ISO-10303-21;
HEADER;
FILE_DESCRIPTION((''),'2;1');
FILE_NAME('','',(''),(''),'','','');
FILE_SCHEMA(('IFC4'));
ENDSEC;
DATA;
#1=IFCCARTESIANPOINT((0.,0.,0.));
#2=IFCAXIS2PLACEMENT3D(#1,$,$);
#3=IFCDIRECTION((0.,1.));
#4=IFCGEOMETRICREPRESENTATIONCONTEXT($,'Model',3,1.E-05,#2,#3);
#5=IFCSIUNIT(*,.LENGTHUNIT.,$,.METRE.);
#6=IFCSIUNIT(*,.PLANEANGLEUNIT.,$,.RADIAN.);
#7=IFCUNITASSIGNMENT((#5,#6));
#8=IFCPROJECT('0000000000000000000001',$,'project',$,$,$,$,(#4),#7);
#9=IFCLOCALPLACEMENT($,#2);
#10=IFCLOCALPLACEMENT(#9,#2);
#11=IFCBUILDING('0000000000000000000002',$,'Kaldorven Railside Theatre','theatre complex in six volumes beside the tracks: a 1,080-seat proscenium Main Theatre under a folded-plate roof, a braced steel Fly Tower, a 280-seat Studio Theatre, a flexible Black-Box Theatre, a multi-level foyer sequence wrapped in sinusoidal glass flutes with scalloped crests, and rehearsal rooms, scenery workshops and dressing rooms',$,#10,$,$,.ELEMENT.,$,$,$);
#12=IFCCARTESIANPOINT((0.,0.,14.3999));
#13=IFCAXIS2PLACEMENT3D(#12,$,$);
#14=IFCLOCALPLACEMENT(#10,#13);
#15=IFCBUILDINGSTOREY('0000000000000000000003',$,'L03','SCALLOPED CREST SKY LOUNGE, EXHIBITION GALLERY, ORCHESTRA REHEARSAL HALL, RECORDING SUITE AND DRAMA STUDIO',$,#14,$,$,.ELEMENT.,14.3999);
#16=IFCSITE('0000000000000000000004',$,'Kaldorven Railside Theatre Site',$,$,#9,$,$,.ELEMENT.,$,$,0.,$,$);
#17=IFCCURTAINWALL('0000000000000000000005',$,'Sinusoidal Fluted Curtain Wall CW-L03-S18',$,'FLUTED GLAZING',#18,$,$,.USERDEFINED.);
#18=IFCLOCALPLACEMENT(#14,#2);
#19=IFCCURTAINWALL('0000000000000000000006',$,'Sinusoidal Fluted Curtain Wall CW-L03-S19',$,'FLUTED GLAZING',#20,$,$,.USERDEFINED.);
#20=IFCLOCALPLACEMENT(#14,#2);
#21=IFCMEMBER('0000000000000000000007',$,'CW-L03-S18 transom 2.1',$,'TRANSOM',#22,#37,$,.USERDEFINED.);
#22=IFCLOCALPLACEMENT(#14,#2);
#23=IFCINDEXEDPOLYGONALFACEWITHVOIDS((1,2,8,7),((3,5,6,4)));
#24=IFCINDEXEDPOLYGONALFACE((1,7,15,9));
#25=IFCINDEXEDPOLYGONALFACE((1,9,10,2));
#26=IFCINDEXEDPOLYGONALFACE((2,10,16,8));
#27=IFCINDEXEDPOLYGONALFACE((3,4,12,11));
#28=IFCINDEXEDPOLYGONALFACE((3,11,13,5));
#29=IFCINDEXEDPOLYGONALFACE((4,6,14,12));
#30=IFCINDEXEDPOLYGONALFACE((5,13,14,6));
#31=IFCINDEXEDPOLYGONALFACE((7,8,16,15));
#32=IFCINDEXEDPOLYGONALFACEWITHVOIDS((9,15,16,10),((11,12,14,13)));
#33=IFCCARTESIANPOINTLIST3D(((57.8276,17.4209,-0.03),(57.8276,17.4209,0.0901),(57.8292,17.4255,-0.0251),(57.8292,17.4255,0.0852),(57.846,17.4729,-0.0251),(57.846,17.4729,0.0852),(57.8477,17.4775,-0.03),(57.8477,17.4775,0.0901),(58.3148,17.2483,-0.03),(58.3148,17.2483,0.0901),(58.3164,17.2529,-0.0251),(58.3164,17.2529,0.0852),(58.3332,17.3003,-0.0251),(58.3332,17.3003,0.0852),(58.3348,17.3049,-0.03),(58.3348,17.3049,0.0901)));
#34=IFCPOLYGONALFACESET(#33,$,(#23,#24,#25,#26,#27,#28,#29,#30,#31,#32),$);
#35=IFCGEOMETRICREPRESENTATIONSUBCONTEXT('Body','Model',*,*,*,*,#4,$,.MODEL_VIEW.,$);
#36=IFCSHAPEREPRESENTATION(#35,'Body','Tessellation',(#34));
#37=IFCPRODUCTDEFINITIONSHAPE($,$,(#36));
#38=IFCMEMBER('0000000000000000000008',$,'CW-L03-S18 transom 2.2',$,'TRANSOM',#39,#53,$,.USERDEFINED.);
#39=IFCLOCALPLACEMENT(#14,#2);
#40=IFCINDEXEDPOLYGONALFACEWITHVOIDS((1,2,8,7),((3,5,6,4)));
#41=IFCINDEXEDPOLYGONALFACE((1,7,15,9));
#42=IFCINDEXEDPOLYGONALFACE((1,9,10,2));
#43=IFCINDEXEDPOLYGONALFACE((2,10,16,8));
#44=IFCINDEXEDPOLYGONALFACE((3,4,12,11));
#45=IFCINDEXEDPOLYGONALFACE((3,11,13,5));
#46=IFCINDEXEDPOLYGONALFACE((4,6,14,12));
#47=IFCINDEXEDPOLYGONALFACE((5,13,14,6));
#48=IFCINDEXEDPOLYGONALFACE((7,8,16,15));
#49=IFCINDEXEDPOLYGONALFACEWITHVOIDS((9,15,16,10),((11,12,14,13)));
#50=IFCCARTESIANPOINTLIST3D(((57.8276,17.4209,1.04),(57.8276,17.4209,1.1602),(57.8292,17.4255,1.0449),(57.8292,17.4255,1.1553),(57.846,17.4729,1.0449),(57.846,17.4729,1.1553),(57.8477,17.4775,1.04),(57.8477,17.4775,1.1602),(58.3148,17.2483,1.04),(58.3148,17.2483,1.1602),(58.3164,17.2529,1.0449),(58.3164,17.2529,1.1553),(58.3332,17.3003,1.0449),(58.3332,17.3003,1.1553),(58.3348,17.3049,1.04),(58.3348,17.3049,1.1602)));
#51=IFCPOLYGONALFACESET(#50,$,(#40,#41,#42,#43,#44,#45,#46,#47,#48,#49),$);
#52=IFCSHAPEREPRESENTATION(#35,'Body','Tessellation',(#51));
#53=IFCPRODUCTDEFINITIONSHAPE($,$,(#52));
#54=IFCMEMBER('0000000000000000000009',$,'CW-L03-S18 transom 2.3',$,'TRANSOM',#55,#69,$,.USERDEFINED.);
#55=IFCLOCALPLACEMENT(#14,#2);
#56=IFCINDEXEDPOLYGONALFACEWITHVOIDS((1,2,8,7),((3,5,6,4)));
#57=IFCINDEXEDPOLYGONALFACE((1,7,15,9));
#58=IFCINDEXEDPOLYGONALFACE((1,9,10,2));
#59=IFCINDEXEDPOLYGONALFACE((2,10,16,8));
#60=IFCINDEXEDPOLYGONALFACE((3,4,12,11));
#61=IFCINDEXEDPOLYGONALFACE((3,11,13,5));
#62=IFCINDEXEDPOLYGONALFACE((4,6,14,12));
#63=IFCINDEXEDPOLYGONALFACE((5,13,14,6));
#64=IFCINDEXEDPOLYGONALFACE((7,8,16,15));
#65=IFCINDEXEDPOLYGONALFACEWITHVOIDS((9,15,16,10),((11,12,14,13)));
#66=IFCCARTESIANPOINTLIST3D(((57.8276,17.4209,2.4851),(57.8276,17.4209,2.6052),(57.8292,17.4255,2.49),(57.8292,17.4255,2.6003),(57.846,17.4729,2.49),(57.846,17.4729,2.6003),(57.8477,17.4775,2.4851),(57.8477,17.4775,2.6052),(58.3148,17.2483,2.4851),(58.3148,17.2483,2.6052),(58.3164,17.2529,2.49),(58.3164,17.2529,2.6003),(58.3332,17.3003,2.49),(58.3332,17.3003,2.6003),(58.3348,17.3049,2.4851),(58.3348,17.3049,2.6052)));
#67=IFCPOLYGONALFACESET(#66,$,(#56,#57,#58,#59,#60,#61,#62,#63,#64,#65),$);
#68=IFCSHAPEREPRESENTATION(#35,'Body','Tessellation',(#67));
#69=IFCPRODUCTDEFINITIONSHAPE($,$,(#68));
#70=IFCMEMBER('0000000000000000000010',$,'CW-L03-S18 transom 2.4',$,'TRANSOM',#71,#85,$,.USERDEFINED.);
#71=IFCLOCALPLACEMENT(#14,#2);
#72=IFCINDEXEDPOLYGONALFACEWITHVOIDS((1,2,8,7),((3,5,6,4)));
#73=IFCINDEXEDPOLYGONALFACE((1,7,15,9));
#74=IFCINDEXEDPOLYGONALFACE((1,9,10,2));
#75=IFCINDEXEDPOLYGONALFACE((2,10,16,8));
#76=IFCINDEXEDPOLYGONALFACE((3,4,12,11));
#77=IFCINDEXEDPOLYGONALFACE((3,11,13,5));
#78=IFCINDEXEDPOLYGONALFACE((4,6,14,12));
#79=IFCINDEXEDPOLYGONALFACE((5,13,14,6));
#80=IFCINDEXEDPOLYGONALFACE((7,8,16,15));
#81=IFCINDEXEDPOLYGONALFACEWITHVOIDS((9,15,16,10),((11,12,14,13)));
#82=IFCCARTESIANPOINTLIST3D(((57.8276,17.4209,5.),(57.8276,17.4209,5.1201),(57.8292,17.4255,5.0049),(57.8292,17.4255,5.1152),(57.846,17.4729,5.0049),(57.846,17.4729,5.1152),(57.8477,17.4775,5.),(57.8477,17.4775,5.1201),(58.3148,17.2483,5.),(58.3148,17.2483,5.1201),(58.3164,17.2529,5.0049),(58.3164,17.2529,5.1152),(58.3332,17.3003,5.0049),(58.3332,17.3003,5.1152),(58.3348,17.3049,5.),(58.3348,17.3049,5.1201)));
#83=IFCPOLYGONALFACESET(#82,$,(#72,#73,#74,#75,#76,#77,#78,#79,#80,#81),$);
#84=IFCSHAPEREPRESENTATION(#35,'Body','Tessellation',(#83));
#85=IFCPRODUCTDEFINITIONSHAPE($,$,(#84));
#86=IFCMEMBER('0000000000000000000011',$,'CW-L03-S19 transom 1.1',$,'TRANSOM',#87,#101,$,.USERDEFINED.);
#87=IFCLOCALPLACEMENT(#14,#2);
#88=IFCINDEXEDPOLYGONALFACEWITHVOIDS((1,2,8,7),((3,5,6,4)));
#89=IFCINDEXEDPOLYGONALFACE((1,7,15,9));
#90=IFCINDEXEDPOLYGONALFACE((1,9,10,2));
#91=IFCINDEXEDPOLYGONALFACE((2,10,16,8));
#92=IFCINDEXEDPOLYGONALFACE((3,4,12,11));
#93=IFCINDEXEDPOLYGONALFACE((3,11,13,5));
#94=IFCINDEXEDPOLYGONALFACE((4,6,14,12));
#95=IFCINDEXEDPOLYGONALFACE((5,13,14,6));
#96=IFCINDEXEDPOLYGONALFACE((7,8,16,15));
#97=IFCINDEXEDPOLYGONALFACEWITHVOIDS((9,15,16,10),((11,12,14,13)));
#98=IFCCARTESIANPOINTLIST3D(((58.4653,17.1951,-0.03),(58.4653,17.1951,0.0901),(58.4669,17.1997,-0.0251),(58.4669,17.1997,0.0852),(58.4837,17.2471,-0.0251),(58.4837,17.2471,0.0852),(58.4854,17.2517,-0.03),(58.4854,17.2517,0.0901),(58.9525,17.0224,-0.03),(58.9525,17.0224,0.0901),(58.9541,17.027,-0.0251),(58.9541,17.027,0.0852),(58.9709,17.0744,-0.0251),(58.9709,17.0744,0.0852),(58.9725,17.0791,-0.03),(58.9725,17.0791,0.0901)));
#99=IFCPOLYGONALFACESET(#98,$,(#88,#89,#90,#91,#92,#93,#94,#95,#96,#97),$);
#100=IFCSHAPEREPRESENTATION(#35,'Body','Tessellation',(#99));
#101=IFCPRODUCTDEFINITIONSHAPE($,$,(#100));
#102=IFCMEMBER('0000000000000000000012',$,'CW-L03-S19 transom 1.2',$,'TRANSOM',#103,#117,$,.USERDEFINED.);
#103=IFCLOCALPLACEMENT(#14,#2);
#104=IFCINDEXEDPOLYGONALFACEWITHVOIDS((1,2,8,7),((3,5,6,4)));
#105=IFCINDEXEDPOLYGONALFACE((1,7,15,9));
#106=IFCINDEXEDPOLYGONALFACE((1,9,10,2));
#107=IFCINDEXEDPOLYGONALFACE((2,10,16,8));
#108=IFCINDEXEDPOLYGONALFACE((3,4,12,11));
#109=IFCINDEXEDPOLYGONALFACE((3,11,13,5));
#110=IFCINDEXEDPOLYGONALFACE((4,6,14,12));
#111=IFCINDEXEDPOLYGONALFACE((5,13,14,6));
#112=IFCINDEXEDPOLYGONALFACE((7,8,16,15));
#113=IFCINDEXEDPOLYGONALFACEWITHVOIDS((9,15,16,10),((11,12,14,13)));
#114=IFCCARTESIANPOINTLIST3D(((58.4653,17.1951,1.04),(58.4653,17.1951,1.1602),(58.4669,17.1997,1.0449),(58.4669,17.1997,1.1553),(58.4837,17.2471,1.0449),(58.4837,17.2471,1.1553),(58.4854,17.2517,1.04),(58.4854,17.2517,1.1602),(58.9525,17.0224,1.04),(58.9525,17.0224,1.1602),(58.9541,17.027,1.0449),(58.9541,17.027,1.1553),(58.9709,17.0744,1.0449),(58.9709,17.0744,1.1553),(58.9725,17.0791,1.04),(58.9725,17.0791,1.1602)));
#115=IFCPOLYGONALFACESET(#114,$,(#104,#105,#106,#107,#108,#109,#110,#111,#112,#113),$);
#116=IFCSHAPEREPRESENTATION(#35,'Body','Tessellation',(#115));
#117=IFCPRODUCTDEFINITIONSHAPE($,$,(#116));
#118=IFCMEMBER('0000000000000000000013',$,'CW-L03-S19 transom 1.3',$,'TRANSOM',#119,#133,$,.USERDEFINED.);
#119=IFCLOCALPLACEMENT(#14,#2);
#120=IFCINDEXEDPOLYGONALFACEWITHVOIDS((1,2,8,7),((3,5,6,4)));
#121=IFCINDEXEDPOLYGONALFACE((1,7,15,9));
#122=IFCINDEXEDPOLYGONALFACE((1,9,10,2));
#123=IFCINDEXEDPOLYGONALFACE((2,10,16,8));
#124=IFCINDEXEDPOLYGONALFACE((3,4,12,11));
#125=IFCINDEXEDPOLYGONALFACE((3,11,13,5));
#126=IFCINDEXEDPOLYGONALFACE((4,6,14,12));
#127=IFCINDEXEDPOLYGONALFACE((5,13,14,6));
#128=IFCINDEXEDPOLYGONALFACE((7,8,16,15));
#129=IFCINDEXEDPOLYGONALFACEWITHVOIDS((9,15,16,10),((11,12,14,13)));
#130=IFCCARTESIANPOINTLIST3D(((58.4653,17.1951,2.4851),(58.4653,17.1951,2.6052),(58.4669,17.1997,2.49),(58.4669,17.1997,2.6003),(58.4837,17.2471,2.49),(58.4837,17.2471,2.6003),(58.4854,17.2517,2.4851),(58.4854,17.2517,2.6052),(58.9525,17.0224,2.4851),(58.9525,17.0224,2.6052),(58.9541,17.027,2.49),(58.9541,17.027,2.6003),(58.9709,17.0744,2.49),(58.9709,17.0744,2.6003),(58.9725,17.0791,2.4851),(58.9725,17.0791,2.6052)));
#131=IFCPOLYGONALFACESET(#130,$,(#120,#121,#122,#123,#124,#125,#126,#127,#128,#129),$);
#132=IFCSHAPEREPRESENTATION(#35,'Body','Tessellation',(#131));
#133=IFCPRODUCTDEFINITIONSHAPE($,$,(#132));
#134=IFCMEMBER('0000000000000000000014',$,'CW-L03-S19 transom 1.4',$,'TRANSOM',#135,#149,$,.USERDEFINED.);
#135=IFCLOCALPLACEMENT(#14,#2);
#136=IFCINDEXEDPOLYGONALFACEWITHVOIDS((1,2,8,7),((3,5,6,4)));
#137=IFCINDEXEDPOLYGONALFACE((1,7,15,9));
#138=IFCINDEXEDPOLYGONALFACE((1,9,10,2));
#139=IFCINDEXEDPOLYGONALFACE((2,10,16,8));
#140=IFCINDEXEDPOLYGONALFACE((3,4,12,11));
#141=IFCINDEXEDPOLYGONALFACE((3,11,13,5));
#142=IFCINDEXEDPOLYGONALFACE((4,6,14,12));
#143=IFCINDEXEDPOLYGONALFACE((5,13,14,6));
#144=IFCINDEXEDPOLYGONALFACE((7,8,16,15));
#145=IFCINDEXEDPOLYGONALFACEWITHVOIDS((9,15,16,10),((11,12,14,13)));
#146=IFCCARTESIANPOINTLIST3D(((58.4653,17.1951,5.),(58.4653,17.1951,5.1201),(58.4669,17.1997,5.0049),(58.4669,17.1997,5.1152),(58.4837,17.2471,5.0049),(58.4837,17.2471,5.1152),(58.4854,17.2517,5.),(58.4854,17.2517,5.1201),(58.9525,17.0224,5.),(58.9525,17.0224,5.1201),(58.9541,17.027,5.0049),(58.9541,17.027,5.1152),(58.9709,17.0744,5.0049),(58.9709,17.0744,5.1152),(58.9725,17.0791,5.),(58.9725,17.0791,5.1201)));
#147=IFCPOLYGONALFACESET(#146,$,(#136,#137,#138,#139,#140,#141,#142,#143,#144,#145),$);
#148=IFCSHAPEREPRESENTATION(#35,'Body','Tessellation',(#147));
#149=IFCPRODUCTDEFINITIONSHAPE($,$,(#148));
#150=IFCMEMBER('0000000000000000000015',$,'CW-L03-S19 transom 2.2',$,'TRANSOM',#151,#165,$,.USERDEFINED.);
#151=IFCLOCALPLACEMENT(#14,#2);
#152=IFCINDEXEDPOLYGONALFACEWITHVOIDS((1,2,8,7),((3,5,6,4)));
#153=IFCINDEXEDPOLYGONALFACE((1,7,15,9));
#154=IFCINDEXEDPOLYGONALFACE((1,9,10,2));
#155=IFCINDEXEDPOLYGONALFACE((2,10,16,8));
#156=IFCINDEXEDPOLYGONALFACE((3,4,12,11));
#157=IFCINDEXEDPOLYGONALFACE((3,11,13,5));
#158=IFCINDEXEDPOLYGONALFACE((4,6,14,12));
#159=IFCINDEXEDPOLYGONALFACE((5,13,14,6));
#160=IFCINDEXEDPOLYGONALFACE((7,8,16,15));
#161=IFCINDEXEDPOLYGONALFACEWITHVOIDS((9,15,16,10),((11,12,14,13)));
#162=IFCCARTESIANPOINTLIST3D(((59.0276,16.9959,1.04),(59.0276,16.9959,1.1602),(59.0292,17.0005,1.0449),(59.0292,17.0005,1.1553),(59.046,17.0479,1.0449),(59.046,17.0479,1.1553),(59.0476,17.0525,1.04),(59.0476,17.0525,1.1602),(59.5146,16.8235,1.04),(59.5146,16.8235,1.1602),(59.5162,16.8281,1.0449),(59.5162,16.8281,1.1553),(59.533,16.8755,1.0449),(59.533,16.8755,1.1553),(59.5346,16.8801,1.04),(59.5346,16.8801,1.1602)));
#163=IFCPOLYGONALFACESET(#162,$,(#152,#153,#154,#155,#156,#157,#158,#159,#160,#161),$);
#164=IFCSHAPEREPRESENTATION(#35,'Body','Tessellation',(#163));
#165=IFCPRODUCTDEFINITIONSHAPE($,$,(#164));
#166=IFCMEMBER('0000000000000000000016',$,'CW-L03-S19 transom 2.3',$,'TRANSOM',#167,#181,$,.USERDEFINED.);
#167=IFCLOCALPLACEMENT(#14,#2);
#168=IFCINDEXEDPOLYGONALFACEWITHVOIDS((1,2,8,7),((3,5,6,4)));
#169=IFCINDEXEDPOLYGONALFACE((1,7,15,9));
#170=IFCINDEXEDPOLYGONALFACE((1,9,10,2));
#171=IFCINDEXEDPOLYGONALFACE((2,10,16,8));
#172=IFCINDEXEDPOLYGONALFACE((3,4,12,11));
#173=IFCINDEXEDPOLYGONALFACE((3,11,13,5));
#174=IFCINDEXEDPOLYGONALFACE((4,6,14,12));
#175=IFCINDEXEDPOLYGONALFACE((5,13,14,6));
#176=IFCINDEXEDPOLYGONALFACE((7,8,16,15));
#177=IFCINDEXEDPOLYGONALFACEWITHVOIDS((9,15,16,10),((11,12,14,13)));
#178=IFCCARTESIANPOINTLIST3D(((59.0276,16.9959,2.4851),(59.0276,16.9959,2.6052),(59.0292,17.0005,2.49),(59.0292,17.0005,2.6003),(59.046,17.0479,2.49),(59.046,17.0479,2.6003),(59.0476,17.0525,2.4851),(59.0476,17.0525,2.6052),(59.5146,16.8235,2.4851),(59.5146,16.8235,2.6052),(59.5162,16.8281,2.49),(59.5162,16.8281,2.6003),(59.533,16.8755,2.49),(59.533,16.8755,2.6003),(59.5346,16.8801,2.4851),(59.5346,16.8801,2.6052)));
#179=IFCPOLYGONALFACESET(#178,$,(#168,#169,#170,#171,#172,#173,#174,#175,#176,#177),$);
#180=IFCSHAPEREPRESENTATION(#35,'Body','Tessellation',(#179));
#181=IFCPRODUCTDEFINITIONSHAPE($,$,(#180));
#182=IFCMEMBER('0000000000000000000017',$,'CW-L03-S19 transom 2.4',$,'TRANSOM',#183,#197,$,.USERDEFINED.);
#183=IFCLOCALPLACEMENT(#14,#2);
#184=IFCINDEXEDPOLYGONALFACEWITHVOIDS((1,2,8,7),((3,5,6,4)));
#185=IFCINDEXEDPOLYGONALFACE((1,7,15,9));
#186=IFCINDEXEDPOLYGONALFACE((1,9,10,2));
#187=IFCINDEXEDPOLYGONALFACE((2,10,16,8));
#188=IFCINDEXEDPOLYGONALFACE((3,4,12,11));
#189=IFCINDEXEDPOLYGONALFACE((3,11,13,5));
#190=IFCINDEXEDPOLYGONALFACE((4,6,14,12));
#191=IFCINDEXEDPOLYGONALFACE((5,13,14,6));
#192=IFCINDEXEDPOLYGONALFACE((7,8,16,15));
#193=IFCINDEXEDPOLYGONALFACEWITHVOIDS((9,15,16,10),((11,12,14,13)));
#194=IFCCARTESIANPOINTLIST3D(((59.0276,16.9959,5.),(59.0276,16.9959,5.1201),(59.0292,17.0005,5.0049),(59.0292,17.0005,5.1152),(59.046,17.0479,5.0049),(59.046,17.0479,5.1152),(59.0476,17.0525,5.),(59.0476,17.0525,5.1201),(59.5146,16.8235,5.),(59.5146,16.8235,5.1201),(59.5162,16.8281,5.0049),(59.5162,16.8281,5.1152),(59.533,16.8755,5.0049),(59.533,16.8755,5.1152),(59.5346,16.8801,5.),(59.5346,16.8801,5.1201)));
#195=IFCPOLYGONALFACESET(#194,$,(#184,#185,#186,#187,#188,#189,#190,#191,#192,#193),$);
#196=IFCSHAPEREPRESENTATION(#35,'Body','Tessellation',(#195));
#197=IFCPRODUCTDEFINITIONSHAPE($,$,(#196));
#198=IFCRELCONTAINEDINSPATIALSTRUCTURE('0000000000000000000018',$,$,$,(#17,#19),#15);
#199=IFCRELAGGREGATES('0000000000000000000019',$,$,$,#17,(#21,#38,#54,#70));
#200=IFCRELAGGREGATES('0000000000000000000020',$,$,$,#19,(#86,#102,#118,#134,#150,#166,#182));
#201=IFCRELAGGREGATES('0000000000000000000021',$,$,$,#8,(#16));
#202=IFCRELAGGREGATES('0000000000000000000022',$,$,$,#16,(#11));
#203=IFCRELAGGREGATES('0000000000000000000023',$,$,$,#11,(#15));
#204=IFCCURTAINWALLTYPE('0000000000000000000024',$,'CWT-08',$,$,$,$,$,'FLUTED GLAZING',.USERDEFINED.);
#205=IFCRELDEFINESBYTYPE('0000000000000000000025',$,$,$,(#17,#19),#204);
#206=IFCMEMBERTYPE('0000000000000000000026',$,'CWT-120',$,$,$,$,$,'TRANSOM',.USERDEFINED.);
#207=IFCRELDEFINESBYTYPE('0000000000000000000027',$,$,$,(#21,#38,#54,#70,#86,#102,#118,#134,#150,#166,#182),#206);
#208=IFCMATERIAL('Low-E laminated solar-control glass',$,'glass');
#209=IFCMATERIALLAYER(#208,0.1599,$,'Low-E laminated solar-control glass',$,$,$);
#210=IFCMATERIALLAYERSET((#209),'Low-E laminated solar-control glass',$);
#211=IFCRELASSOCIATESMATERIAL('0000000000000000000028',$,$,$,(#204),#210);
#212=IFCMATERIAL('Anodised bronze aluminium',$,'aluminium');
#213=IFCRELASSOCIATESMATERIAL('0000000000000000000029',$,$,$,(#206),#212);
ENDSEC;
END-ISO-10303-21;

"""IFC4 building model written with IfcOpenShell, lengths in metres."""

from ifc_helpers import new_model, si_unit, direction, frame, origin, origin_2d, place, context, subcontext, project, spatial, hollow_rectangle, extrude, material, layer, layer_set, material_profile, profile_set, type_object, element, aggregate, save


model = new_model("IFC4")

# Units and contexts
model_context = context("Model", 3, precision=1e-05, world=origin(), true_north=direction((0.0, 1.0)))
body_context = subcontext(model_context, "Body", "Model", "MODEL_VIEW")
ifc_project = project(units=[si_unit("LENGTHUNIT", "METRE"), si_unit("PLANEANGLEUNIT", "RADIAN")], contexts=[model_context])

# Site, building, storey
site_placement = place(None, origin())
site = spatial("IfcSite", under=ifc_project, at=site_placement, Name="Kaldorven Railside Theatre Site", CompositionType="ELEMENT", RefElevation=0.0)
building_placement = place(site_placement, origin())
building = spatial("IfcBuilding", under=site, at=building_placement, Name="Kaldorven Railside Theatre", Description="theatre complex in six volumes beside the tracks: a 1,080-seat proscenium Main Theatre under a folded-plate roof, a braced steel Fly Tower, a 280-seat Studio Theatre, a flexible Black-Box Theatre, a multi-level foyer sequence wrapped in sinusoidal glass flutes with scalloped crests, and rehearsal rooms, scenery workshops and dressing rooms", CompositionType="ELEMENT")
storey_placement = place(building_placement, frame((0.0, 0.0, 14.3999)))
storey = spatial("IfcBuildingStorey", under=building, at=storey_placement, Name="L03", Description="SCALLOPED CREST SKY LOUNGE, EXHIBITION GALLERY, ORCHESTRA REHEARSAL HALL, RECORDING SUITE AND DRAMA STUDIO", CompositionType="ELEMENT", Elevation=14.3999)

# Curtain walls
ifc_material_1 = material(Name="Low-E laminated solar-control glass", Category="glass")
ifc_layer_1 = layer(ifc_material_1, 0.1599, Name="Low-E laminated solar-control glass")
ifc_layer_set_1 = layer_set([ifc_layer_1], Name="Low-E laminated solar-control glass")
curtain_wall_type = type_object("IfcCurtainWallType", Name="CWT-08", ElementType="FLUTED GLAZING", PredefinedType="USERDEFINED", material=ifc_layer_set_1)
curtain_wall_1_placement = place(storey_placement, origin())
curtain_wall_1 = element("IfcCurtainWall", 1, at=curtain_wall_1_placement, inside=storey, type_object=curtain_wall_type, Name="Sinusoidal Fluted Curtain Wall CW-L03-S18", ObjectType="FLUTED GLAZING", PredefinedType="USERDEFINED")
ifc_material_2 = material(Name="Anodised bronze aluminium", Category="aluminium")
curtain_wall_2_placement = place(storey_placement, origin())
curtain_wall_2 = element("IfcCurtainWall", 2, at=curtain_wall_2_placement, inside=storey, type_object=curtain_wall_type, Name="Sinusoidal Fluted Curtain Wall CW-L03-S19", ObjectType="FLUTED GLAZING", PredefinedType="USERDEFINED")

# Members
ifc_material_profile_1 = material_profile(ifc_material_2, hollow_rectangle(XDim=0.0601, YDim=0.1201, WallThickness=0.0049, at=origin_2d()), Name="RHS 120x60x5")
ifc_profile_set_1 = profile_set([ifc_material_profile_1], Name="Anodised bronze aluminium")
member_type_1 = type_object("IfcMemberType", Name="CWT-120", ElementType="TRANSOM", PredefinedType="USERDEFINED", material=ifc_profile_set_1)
member_1_placement = place(storey_placement, frame((57.8376, 17.4492, 0.03), z_axis=(0.942562, -0.334031, 0.0), x_axis=(0.334031, 0.942562, 0.0)))
member_1 = element("IfcMember", 3, at=member_1_placement, type_object=member_type_1, Name="CW-L03-S18 transom 2.1", ObjectType="TRANSOM", PredefinedType="USERDEFINED", context=body_context, shape_type="SweptSolid", body=[
    extrude(hollow_rectangle(XDim=0.0601, YDim=0.1201, WallThickness=0.0049, at=origin_2d()), origin(), (0.0, 0.0, 1.0), 0.5168),
])
member_2_placement = place(storey_placement, frame((57.8376, 17.4492, 1.1001), z_axis=(0.942562, -0.334031, 0.0), x_axis=(0.334031, 0.942562, 0.0)))
member_2 = element("IfcMember", 4, at=member_2_placement, type_object=member_type_1, Name="CW-L03-S18 transom 2.2", ObjectType="TRANSOM", PredefinedType="USERDEFINED", context=body_context, shape_type="SweptSolid", body=[
    extrude(hollow_rectangle(XDim=0.0601, YDim=0.1201, WallThickness=0.0049, at=origin_2d()), origin(), (0.0, 0.0, 1.0), 0.5168),
])
member_3_placement = place(storey_placement, frame((57.8376, 17.4492, 2.5452), z_axis=(0.942562, -0.334031, 0.0), x_axis=(0.334031, 0.942562, 0.0)))
member_3 = element("IfcMember", 5, at=member_3_placement, type_object=member_type_1, Name="CW-L03-S18 transom 2.3", ObjectType="TRANSOM", PredefinedType="USERDEFINED", context=body_context, shape_type="SweptSolid", body=[
    extrude(hollow_rectangle(XDim=0.0601, YDim=0.1201, WallThickness=0.0049, at=origin_2d()), origin(), (0.0, 0.0, 1.0), 0.5168),
])
member_4_placement = place(storey_placement, frame((57.8376, 17.4492, 5.0601), z_axis=(0.942562, -0.334031, 0.0), x_axis=(0.334031, 0.942562, 0.0)))
member_4 = element("IfcMember", 6, at=member_4_placement, type_object=member_type_1, Name="CW-L03-S18 transom 2.4", ObjectType="TRANSOM", PredefinedType="USERDEFINED", context=body_context, shape_type="SweptSolid", body=[
    extrude(hollow_rectangle(XDim=0.0601, YDim=0.1201, WallThickness=0.0049, at=origin_2d()), origin(), (0.0, 0.0, 1.0), 0.5168),
])
member_5_placement = place(storey_placement, frame((58.4753, 17.2234, 0.03), z_axis=(0.942562, -0.334031, 0.0), x_axis=(0.334031, 0.942562, 0.0)))
member_5 = element("IfcMember", 7, at=member_5_placement, type_object=member_type_1, Name="CW-L03-S19 transom 1.1", ObjectType="TRANSOM", PredefinedType="USERDEFINED", context=body_context, shape_type="SweptSolid", body=[
    extrude(hollow_rectangle(XDim=0.0601, YDim=0.1201, WallThickness=0.0049, at=origin_2d()), origin(), (0.0, 0.0, 1.0), 0.5168),
])
member_6_placement = place(storey_placement, frame((58.4753, 17.2234, 1.1001), z_axis=(0.942562, -0.334031, 0.0), x_axis=(0.334031, 0.942562, 0.0)))
member_6 = element("IfcMember", 8, at=member_6_placement, type_object=member_type_1, Name="CW-L03-S19 transom 1.2", ObjectType="TRANSOM", PredefinedType="USERDEFINED", context=body_context, shape_type="SweptSolid", body=[
    extrude(hollow_rectangle(XDim=0.0601, YDim=0.1201, WallThickness=0.0049, at=origin_2d()), origin(), (0.0, 0.0, 1.0), 0.5168),
])
member_7_placement = place(storey_placement, frame((58.4753, 17.2234, 2.5452), z_axis=(0.942562, -0.334031, 0.0), x_axis=(0.334031, 0.942562, 0.0)))
member_7 = element("IfcMember", 9, at=member_7_placement, type_object=member_type_1, Name="CW-L03-S19 transom 1.3", ObjectType="TRANSOM", PredefinedType="USERDEFINED", context=body_context, shape_type="SweptSolid", body=[
    extrude(hollow_rectangle(XDim=0.0601, YDim=0.1201, WallThickness=0.0049, at=origin_2d()), origin(), (0.0, 0.0, 1.0), 0.5168),
])
member_8_placement = place(storey_placement, frame((58.4753, 17.2234, 5.0601), z_axis=(0.942562, -0.334031, 0.0), x_axis=(0.334031, 0.942562, 0.0)))
member_8 = element("IfcMember", 10, at=member_8_placement, type_object=member_type_1, Name="CW-L03-S19 transom 1.4", ObjectType="TRANSOM", PredefinedType="USERDEFINED", context=body_context, shape_type="SweptSolid", body=[
    extrude(hollow_rectangle(XDim=0.0601, YDim=0.1201, WallThickness=0.0049, at=origin_2d()), origin(), (0.0, 0.0, 1.0), 0.5168),
])
member_9_placement = place(storey_placement, frame((59.0376, 17.0242, 1.1001), z_axis=(0.942711, -0.333611, 0.0), x_axis=(0.333611, 0.942711, 0.0)))
member_9 = element("IfcMember", 11, at=member_9_placement, type_object=member_type_1, Name="CW-L03-S19 transom 2.2", ObjectType="TRANSOM", PredefinedType="USERDEFINED", context=body_context, shape_type="SweptSolid", body=[
    extrude(hollow_rectangle(XDim=0.0601, YDim=0.1201, WallThickness=0.0049, at=origin_2d()), origin(), (0.0, 0.0, 1.0), 0.5166),
])
member_10_placement = place(storey_placement, frame((59.0376, 17.0242, 2.5452), z_axis=(0.942711, -0.333611, 0.0), x_axis=(0.333611, 0.942711, 0.0)))
member_10 = element("IfcMember", 12, at=member_10_placement, type_object=member_type_1, Name="CW-L03-S19 transom 2.3", ObjectType="TRANSOM", PredefinedType="USERDEFINED", context=body_context, shape_type="SweptSolid", body=[
    extrude(hollow_rectangle(XDim=0.0601, YDim=0.1201, WallThickness=0.0049, at=origin_2d()), origin(), (0.0, 0.0, 1.0), 0.5166),
])
member_11_placement = place(storey_placement, frame((59.0376, 17.0242, 5.0601), z_axis=(0.942711, -0.333611, 0.0), x_axis=(0.333611, 0.942711, 0.0)))
member_11 = element("IfcMember", 13, at=member_11_placement, type_object=member_type_1, Name="CW-L03-S19 transom 2.4", ObjectType="TRANSOM", PredefinedType="USERDEFINED", context=body_context, shape_type="SweptSolid", body=[
    extrude(hollow_rectangle(XDim=0.0601, YDim=0.1201, WallThickness=0.0049, at=origin_2d()), origin(), (0.0, 0.0, 1.0), 0.5166),
])

aggregate(curtain_wall_1, [member_1, member_2, member_3, member_4])
aggregate(curtain_wall_2, [member_5, member_6, member_7, member_8, member_9, member_10, member_11])

save(model, "model.ifc")
